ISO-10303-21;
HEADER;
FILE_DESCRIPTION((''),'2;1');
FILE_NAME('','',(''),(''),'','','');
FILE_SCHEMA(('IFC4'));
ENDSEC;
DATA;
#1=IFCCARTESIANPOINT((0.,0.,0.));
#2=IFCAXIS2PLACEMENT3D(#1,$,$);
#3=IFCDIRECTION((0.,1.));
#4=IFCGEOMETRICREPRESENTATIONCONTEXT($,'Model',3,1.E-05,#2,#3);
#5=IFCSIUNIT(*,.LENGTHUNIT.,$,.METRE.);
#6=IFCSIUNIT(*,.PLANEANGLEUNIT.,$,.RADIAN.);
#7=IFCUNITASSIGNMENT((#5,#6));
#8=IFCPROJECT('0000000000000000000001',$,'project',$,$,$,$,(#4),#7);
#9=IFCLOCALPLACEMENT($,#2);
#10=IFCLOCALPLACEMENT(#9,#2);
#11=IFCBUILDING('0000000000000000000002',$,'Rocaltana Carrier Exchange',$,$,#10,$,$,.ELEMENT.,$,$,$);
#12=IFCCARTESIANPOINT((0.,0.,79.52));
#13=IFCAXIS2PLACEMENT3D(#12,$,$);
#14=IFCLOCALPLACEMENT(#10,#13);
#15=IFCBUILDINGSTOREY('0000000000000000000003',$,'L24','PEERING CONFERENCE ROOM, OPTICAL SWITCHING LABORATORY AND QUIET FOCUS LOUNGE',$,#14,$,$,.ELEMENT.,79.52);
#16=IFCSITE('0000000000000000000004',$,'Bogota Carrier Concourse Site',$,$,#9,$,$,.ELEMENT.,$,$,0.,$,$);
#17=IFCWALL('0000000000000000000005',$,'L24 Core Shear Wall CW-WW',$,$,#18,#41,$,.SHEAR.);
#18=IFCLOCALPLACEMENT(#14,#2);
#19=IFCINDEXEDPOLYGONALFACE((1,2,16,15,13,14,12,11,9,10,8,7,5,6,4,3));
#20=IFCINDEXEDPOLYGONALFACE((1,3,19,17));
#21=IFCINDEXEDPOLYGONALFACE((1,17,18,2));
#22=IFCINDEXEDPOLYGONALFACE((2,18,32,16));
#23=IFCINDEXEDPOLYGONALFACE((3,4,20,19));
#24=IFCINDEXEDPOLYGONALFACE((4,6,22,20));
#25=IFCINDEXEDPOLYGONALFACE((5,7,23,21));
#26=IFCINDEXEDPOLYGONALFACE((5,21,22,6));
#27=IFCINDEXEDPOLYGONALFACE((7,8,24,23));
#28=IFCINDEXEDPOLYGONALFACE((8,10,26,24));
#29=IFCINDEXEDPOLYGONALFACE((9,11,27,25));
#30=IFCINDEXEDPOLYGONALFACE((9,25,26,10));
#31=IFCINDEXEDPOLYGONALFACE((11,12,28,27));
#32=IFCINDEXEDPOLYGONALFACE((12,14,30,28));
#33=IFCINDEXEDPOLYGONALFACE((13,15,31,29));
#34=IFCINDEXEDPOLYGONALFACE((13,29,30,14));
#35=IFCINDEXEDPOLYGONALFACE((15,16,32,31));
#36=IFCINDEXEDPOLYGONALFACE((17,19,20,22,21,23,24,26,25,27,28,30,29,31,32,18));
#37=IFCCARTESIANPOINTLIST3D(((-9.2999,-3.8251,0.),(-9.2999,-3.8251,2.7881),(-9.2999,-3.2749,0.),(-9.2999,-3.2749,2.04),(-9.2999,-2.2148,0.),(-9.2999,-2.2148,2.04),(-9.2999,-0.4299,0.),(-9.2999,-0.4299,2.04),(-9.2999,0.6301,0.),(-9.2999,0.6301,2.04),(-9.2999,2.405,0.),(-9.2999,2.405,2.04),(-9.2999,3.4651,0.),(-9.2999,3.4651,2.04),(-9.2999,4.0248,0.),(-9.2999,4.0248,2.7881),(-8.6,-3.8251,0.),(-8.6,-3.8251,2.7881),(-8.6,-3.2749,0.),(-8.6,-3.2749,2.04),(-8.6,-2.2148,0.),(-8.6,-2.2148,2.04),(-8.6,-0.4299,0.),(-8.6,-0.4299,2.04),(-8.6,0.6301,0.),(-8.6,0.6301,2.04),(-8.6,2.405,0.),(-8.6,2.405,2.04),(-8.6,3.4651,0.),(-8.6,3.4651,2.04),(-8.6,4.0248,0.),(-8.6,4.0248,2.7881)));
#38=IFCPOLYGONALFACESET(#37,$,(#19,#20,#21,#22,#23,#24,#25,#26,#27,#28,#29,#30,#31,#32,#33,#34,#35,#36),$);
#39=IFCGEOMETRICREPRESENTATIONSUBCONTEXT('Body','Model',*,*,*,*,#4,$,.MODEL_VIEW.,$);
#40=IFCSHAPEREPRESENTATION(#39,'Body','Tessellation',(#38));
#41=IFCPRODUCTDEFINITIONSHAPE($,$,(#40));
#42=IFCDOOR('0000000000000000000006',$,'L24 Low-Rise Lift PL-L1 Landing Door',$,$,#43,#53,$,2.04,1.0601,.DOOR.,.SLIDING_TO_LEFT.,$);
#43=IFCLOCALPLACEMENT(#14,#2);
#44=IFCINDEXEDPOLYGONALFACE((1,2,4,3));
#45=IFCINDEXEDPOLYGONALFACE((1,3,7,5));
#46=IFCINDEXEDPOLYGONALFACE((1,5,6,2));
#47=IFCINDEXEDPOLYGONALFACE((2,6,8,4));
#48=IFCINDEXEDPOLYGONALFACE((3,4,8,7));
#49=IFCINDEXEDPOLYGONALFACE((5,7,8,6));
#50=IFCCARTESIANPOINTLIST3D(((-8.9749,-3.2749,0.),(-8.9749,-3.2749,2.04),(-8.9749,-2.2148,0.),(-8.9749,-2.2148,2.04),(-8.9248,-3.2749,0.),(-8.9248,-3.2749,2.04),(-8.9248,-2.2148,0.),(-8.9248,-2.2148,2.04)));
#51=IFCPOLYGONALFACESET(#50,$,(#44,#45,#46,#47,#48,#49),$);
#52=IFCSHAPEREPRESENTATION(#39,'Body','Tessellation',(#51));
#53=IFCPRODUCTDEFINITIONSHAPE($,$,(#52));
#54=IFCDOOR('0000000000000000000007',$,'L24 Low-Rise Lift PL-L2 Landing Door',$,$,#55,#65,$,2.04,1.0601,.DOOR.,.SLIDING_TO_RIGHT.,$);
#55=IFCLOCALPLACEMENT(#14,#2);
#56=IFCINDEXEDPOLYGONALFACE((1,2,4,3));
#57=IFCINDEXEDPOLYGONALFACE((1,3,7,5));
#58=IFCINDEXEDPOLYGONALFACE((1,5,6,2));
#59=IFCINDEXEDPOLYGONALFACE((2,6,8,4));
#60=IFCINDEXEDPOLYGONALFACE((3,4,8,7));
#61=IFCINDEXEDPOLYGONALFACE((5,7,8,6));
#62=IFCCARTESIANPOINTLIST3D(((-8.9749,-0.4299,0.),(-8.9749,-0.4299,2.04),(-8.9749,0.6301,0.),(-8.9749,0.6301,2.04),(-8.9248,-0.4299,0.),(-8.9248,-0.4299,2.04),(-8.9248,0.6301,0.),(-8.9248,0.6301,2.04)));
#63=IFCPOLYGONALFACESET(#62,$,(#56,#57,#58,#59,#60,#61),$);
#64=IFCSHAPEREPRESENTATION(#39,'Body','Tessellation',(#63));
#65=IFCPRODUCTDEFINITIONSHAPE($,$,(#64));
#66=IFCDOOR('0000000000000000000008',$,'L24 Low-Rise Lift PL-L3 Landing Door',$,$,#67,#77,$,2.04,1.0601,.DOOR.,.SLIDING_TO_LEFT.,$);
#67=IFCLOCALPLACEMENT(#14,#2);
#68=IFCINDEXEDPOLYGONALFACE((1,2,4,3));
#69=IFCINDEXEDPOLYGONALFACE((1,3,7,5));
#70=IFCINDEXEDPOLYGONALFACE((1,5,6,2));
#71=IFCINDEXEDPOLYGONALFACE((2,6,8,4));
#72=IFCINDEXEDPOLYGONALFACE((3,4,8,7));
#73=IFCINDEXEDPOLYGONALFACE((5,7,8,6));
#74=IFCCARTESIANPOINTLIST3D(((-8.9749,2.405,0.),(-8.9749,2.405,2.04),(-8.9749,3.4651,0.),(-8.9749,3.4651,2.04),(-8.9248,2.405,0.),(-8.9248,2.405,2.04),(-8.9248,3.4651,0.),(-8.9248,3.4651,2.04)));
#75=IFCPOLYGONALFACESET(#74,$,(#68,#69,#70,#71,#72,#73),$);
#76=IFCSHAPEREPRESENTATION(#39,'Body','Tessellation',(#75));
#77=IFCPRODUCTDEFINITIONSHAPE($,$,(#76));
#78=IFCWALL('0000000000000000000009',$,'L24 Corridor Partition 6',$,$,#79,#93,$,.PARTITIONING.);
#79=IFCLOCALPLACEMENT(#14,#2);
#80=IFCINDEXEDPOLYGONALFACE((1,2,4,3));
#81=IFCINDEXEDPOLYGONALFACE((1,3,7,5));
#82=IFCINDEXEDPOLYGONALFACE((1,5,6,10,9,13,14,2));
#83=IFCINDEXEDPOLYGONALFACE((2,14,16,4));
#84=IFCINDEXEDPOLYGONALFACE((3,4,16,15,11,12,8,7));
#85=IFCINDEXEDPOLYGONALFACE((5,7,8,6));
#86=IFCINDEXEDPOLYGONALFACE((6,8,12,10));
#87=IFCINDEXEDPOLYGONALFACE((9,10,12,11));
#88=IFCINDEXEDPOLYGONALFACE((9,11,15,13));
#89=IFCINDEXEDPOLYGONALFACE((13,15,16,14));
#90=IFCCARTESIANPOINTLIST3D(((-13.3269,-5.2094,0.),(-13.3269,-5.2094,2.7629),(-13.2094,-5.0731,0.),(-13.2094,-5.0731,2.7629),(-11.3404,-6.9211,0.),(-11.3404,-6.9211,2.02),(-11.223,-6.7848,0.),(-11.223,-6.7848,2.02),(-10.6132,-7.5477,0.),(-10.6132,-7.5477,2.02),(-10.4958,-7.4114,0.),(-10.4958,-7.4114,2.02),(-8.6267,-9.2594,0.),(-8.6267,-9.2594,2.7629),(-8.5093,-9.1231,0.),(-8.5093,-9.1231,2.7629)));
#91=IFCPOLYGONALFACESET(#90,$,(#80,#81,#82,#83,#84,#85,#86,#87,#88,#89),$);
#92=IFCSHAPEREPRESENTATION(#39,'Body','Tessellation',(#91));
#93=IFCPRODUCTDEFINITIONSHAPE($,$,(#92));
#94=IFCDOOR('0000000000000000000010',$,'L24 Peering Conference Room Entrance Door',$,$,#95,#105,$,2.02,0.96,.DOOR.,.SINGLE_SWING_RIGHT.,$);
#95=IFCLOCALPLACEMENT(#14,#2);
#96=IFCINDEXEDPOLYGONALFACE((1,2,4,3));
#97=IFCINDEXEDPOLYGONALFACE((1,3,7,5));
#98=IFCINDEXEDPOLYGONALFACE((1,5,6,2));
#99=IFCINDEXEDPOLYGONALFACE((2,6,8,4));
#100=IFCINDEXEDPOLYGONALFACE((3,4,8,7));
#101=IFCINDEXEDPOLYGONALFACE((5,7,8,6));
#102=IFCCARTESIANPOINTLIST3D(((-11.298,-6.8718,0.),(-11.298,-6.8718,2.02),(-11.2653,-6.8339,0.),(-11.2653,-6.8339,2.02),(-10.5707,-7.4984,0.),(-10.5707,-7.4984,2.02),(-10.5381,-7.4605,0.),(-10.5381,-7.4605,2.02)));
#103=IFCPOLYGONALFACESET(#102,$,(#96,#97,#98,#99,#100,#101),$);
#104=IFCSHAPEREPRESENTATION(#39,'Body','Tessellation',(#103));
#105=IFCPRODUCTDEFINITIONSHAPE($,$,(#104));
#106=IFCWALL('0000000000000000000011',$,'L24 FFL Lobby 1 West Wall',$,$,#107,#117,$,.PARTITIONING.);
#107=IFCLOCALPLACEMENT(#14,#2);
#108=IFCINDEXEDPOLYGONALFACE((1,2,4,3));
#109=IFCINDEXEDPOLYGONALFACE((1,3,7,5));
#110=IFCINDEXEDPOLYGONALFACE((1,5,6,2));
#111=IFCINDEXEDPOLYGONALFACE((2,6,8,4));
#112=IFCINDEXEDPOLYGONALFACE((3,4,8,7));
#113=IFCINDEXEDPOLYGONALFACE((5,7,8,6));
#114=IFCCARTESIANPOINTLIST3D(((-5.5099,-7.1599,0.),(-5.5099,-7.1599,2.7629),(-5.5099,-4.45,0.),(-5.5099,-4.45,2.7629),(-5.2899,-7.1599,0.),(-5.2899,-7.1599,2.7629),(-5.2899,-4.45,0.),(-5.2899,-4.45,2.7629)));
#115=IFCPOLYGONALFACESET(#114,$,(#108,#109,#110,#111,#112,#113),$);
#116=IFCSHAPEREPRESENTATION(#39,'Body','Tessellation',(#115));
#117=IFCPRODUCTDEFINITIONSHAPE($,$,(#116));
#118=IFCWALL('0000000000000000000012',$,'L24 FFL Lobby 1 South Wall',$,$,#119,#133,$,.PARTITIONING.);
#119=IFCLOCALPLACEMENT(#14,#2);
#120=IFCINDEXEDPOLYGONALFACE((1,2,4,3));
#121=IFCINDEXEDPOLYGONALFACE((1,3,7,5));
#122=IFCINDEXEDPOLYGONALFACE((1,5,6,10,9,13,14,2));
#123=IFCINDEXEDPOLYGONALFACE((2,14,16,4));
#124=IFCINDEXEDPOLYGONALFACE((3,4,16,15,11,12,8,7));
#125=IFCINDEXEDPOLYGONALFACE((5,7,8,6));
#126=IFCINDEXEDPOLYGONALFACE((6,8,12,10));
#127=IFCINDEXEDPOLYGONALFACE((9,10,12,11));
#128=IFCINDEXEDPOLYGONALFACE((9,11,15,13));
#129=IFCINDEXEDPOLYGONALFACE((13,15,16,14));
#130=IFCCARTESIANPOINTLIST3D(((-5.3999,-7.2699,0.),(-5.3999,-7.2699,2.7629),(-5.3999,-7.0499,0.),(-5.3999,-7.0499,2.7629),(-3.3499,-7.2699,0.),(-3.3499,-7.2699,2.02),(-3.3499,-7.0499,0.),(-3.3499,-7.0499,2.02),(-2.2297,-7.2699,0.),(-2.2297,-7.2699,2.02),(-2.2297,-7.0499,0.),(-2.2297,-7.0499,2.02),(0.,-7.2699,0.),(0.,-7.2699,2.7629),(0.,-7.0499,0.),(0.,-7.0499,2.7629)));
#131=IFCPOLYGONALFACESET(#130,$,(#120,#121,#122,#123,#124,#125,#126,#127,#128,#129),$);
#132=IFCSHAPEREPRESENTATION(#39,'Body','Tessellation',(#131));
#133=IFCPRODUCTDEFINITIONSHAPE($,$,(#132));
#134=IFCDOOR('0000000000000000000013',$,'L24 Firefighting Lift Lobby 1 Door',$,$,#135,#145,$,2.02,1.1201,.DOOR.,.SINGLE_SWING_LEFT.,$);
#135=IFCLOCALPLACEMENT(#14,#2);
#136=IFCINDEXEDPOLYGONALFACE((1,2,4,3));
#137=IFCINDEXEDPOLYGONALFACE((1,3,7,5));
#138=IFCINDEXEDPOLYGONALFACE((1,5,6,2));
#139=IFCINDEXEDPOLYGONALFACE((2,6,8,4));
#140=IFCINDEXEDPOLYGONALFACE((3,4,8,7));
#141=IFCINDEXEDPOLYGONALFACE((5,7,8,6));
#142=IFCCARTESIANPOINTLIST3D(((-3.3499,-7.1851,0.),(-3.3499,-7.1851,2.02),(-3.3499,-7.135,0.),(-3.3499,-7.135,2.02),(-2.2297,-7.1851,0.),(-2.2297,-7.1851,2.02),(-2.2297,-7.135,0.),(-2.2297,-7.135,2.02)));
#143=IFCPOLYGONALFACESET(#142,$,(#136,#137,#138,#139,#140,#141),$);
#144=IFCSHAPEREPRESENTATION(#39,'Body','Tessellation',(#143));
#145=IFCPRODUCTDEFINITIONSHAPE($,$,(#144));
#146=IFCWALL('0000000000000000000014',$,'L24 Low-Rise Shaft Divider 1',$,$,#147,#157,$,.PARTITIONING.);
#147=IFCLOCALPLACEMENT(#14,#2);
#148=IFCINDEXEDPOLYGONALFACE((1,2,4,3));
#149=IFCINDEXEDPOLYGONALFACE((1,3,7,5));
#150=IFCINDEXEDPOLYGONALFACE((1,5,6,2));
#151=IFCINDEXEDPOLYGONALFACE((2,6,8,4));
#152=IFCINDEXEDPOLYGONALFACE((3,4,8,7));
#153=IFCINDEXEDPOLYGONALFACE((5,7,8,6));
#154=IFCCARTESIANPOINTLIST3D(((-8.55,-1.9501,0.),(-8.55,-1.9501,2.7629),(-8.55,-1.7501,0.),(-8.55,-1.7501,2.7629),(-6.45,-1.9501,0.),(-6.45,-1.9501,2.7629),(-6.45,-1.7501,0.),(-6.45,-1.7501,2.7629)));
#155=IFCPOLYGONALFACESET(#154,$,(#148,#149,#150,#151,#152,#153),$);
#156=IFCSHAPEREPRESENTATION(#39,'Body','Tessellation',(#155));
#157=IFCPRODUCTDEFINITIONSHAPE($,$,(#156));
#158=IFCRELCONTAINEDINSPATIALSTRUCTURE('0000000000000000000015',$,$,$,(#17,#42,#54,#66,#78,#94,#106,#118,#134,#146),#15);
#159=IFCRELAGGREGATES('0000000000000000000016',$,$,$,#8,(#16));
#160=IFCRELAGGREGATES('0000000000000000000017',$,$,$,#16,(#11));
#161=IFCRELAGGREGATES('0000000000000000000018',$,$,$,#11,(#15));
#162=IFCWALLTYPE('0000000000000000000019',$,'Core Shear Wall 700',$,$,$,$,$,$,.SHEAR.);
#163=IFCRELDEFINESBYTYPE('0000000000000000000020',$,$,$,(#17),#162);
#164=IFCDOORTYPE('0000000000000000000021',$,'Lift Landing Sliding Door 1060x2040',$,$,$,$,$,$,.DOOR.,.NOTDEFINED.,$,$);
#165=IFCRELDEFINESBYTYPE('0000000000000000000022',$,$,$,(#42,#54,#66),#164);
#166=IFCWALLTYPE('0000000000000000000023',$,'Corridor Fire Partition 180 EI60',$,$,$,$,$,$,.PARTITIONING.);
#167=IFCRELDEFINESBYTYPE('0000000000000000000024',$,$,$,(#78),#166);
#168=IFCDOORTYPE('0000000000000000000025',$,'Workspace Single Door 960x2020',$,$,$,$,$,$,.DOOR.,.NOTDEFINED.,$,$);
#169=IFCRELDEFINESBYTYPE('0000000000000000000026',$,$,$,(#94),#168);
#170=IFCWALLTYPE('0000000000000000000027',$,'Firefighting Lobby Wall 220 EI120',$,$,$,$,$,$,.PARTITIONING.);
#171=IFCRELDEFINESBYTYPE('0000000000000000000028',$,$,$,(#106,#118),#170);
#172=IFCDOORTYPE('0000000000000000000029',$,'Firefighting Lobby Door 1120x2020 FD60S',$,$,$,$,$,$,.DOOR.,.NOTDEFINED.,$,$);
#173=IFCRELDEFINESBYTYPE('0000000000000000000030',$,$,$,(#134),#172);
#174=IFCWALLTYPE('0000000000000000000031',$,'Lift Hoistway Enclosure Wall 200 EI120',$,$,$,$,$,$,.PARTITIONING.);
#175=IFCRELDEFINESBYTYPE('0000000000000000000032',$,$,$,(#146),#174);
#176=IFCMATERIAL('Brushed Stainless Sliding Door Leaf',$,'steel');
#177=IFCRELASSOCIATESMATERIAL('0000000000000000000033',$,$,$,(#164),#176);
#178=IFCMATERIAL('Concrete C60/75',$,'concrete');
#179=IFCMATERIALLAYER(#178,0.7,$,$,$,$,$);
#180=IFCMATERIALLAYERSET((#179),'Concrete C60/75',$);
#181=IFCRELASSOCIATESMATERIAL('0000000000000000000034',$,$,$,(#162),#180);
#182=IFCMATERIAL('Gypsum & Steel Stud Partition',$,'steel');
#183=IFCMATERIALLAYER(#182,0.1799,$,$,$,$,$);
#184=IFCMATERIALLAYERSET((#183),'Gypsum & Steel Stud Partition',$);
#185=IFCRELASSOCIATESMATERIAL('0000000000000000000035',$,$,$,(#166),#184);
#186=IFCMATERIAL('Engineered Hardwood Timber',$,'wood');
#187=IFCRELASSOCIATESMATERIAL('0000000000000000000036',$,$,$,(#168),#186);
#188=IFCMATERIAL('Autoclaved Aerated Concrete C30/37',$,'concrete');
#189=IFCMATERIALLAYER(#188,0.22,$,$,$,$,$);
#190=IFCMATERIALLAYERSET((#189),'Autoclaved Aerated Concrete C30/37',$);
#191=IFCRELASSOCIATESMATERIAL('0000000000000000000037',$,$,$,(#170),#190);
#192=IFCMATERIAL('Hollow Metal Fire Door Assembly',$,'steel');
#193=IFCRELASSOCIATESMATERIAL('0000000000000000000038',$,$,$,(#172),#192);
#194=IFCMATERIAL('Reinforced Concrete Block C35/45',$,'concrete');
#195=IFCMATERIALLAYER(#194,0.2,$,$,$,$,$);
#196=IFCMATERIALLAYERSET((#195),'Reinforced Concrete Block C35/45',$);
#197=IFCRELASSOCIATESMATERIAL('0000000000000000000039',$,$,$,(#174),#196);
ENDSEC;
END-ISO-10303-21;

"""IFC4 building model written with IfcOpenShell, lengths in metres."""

from ifc_helpers import new_model, si_unit, direction, frame, frame_2d, origin, place, context, subcontext, project, spatial, rectangle, extrude, material, layer, layer_set, type_object, element, fill, save


model = new_model("IFC4")

# Units and contexts
model_context = context("Model", 3, precision=1e-05, world=origin(), true_north=direction((0.0, 1.0)))
body_context = subcontext(model_context, "Body", "Model", "MODEL_VIEW")
ifc_project = project(units=[si_unit("LENGTHUNIT", "METRE"), si_unit("PLANEANGLEUNIT", "RADIAN")], contexts=[model_context])

# Site, building, storey
site_placement = place(None, origin())
site = spatial("IfcSite", under=ifc_project, at=site_placement, Name="Bogota Carrier Concourse Site", CompositionType="ELEMENT", RefElevation=0.0)
building_placement = place(site_placement, origin())
building = spatial("IfcBuilding", under=site, at=building_placement, Name="Rocaltana Carrier Exchange", CompositionType="ELEMENT")
storey_placement = place(building_placement, frame((0.0, 0.0, 79.52)))
storey = spatial("IfcBuildingStorey", under=building, at=storey_placement, Name="L24", Description="PEERING CONFERENCE ROOM, OPTICAL SWITCHING LABORATORY AND QUIET FOCUS LOUNGE", CompositionType="ELEMENT", Elevation=79.52)

# Shared definitions
ifc_material_1 = material(Name="Brushed Stainless Sliding Door Leaf", Category="steel")
door_type_1 = type_object("IfcDoorType", Name="Lift Landing Sliding Door 1060x2040", OperationType="NOTDEFINED", PredefinedType="DOOR", material=ifc_material_1)

# Shared definitions
ifc_material_2 = material(Name="Concrete C60/75", Category="concrete")
ifc_layer_1 = layer(ifc_material_2, 0.7)
ifc_layer_set_1 = layer_set([ifc_layer_1], Name="Concrete C60/75")
wall_type_1 = type_object("IfcWallType", Name="Core Shear Wall 700", PredefinedType="SHEAR", material=ifc_layer_set_1)

# Wall, openings, doors
wall_1_placement = place(storey_placement, frame((-8.95, -3.825, 0.0), z_axis=(0.0, 0.0, 1.0), x_axis=(0.0, 1.0, 0.0)))
wall_1 = element("IfcWall", 1, at=wall_1_placement, inside=storey, type_object=wall_type_1, Name="L24 Core Shear Wall CW-WW", PredefinedType="SHEAR", context=body_context, shape_type="SweptSolid", body=[
    extrude(rectangle(XDim=7.8499, YDim=0.7, at=frame_2d((3.9248, 0.0))), origin(), (0.0, 0.0, 1.0), 2.7881),
])
opening_1_placement = place(wall_1_placement, frame((0.55, 0.0, 0.0)))
opening_1 = element("IfcOpeningElement", 2, at=opening_1_placement, cuts=wall_1, PredefinedType="OPENING", context=body_context, shape_type="SweptSolid", body=[
    extrude(rectangle(XDim=1.0601, YDim=2.04, at=frame_2d((0.53, 1.02))), frame((0.0, 0.3599, 0.0), z_axis=(0.0, -1.0, 0.0), x_axis=(1.0, 0.0, 0.0)), (0.0, 0.0, 1.0), 0.72),
])
opening_2_placement = place(wall_1_placement, frame((3.395, 0.0, 0.0)))
opening_2 = element("IfcOpeningElement", 3, at=opening_2_placement, cuts=wall_1, PredefinedType="OPENING", context=body_context, shape_type="SweptSolid", body=[
    extrude(rectangle(XDim=1.0601, YDim=2.04, at=frame_2d((0.53, 1.02))), frame((0.0, 0.3599, 0.0), z_axis=(0.0, -1.0, 0.0), x_axis=(1.0, 0.0, 0.0)), (0.0, 0.0, 1.0), 0.72),
])
opening_3_placement = place(wall_1_placement, frame((6.23, 0.0, 0.0)))
opening_3 = element("IfcOpeningElement", 4, at=opening_3_placement, cuts=wall_1, PredefinedType="OPENING", context=body_context, shape_type="SweptSolid", body=[
    extrude(rectangle(XDim=1.0601, YDim=2.04, at=frame_2d((0.53, 1.02))), frame((0.0, 0.3599, 0.0), z_axis=(0.0, -1.0, 0.0), x_axis=(1.0, 0.0, 0.0)), (0.0, 0.0, 1.0), 0.72),
])
door_1_placement = place(opening_1_placement, origin())
door_1 = element("IfcDoor", 5, at=door_1_placement, inside=storey, type_object=door_type_1, Name="L24 Low-Rise Lift PL-L1 Landing Door", OperationType="SLIDING_TO_LEFT", OverallHeight=2.04, OverallWidth=1.0601, PredefinedType="DOOR", context=body_context, shape_type="SweptSolid", body=[
    extrude(rectangle(XDim=1.0601, YDim=2.04, at=frame_2d((0.53, 1.02))), frame((0.0, 0.0249, 0.0), z_axis=(0.0, -1.0, 0.0), x_axis=(1.0, 0.0, 0.0)), (0.0, 0.0, 1.0), 0.05),
])
fill(opening_1, door_1)
door_2_placement = place(opening_2_placement, origin())
door_2 = element("IfcDoor", 6, at=door_2_placement, inside=storey, type_object=door_type_1, Name="L24 Low-Rise Lift PL-L2 Landing Door", OperationType="SLIDING_TO_RIGHT", OverallHeight=2.04, OverallWidth=1.0601, PredefinedType="DOOR", context=body_context, shape_type="SweptSolid", body=[
    extrude(rectangle(XDim=1.0601, YDim=2.04, at=frame_2d((0.53, 1.02))), frame((0.0, 0.0249, 0.0), z_axis=(0.0, -1.0, 0.0), x_axis=(1.0, 0.0, 0.0)), (0.0, 0.0, 1.0), 0.05),
])
fill(opening_2, door_2)
door_3_placement = place(opening_3_placement, origin())
door_3 = element("IfcDoor", 7, at=door_3_placement, inside=storey, type_object=door_type_1, Name="L24 Low-Rise Lift PL-L3 Landing Door", OperationType="SLIDING_TO_LEFT", OverallHeight=2.04, OverallWidth=1.0601, PredefinedType="DOOR", context=body_context, shape_type="SweptSolid", body=[
    extrude(rectangle(XDim=1.0601, YDim=2.04, at=frame_2d((0.53, 1.02))), frame((0.0, 0.0249, 0.0), z_axis=(0.0, -1.0, 0.0), x_axis=(1.0, 0.0, 0.0)), (0.0, 0.0, 1.0), 0.05),
])
fill(opening_3, door_3)

# Wall, opening, door
ifc_material_3 = material(Name="Gypsum & Steel Stud Partition", Category="steel")
ifc_layer_2 = layer(ifc_material_3, 0.1799)
ifc_layer_set_2 = layer_set([ifc_layer_2], Name="Gypsum & Steel Stud Partition")
wall_type_2 = type_object("IfcWallType", Name="Corridor Fire Partition 180 EI60", PredefinedType="PARTITIONING", material=ifc_layer_set_2)
wall_2_placement = place(storey_placement, frame((-8.5681, -9.1912, 0.0), z_axis=(0.0, 0.0, 1.0), x_axis=(-0.757557, 0.652769, 0.0)))
wall_2 = element("IfcWall", 8, at=wall_2_placement, inside=storey, type_object=wall_type_2, Name="L24 Corridor Partition 6", PredefinedType="PARTITIONING", context=body_context, shape_type="SweptSolid", body=[
    extrude(rectangle(XDim=6.2043, YDim=0.1799, at=frame_2d((3.1021, 0.0))), origin(), (0.0, 0.0, 1.0), 2.7629),
])
opening_4_placement = place(wall_2_placement, frame((2.6221, 0.0, 0.0)))
opening_4 = element("IfcOpeningElement", 9, at=opening_4_placement, cuts=wall_2, PredefinedType="OPENING", context=body_context, shape_type="SweptSolid", body=[
    extrude(rectangle(XDim=0.96, YDim=2.02, at=frame_2d((0.48, 1.01))), frame((0.0, 0.0999, 0.0), z_axis=(0.0, -1.0, 0.0), x_axis=(1.0, 0.0, 0.0)), (0.0, 0.0, 1.0), 0.2),
])
ifc_material_4 = material(Name="Engineered Hardwood Timber", Category="wood")
door_type_2 = type_object("IfcDoorType", Name="Workspace Single Door 960x2020", OperationType="NOTDEFINED", PredefinedType="DOOR", material=ifc_material_4)
door_4_placement = place(opening_4_placement, origin())
door_4 = element("IfcDoor", 10, at=door_4_placement, inside=storey, type_object=door_type_2, Name="L24 Peering Conference Room Entrance Door", OperationType="SINGLE_SWING_RIGHT", OverallHeight=2.02, OverallWidth=0.96, PredefinedType="DOOR", context=body_context, shape_type="SweptSolid", body=[
    extrude(rectangle(XDim=0.96, YDim=2.02, at=frame_2d((0.48, 1.01))), frame((0.0, 0.0249, 0.0), z_axis=(0.0, -1.0, 0.0), x_axis=(1.0, 0.0, 0.0)), (0.0, 0.0, 1.0), 0.05),
])
fill(opening_4, door_4)

# Wall
ifc_material_5 = material(Name="Autoclaved Aerated Concrete C30/37", Category="concrete")
ifc_layer_3 = layer(ifc_material_5, 0.22)
ifc_layer_set_3 = layer_set([ifc_layer_3], Name="Autoclaved Aerated Concrete C30/37")
wall_type_3 = type_object("IfcWallType", Name="Firefighting Lobby Wall 220 EI120", PredefinedType="PARTITIONING", material=ifc_layer_set_3)
wall_3_placement = place(storey_placement, frame((-5.3999, -7.1599, 0.0), z_axis=(0.0, 0.0, 1.0), x_axis=(0.0, 1.0, 0.0)))
element("IfcWall", 11, at=wall_3_placement, inside=storey, type_object=wall_type_3, Name="L24 FFL Lobby 1 West Wall", PredefinedType="PARTITIONING", context=body_context, shape_type="SweptSolid", body=[
    extrude(rectangle(XDim=2.71, YDim=0.22, at=frame_2d((1.355, 0.0))), origin(), (0.0, 0.0, 1.0), 2.7629),
])

# Wall, opening, door
wall_4_placement = place(storey_placement, frame((-5.3999, -7.1599, 0.0), z_axis=(0.0, 0.0, 1.0), x_axis=(1.0, 0.0, 0.0)))
wall_4 = element("IfcWall", 12, at=wall_4_placement, inside=storey, type_object=wall_type_3, Name="L24 FFL Lobby 1 South Wall", PredefinedType="PARTITIONING", context=body_context, shape_type="SweptSolid", body=[
    extrude(rectangle(XDim=5.3999, YDim=0.22, at=frame_2d((2.7, 0.0))), origin(), (0.0, 0.0, 1.0), 2.7629),
])
opening_5_placement = place(wall_4_placement, frame((2.05, 0.0, 0.0)))
opening_5 = element("IfcOpeningElement", 13, at=opening_5_placement, cuts=wall_4, PredefinedType="OPENING", context=body_context, shape_type="SweptSolid", body=[
    extrude(rectangle(XDim=1.1201, YDim=2.02, at=frame_2d((0.5601, 1.01))), frame((0.0, 0.1199, 0.0), z_axis=(0.0, -1.0, 0.0), x_axis=(1.0, 0.0, 0.0)), (0.0, 0.0, 1.0), 0.24),
])
ifc_material_6 = material(Name="Hollow Metal Fire Door Assembly", Category="steel")
door_type_3 = type_object("IfcDoorType", Name="Firefighting Lobby Door 1120x2020 FD60S", OperationType="NOTDEFINED", PredefinedType="DOOR", material=ifc_material_6)
door_5_placement = place(opening_5_placement, origin())
door_5 = element("IfcDoor", 14, at=door_5_placement, inside=storey, type_object=door_type_3, Name="L24 Firefighting Lift Lobby 1 Door", OperationType="SINGLE_SWING_LEFT", OverallHeight=2.02, OverallWidth=1.1201, PredefinedType="DOOR", context=body_context, shape_type="SweptSolid", body=[
    extrude(rectangle(XDim=1.1201, YDim=2.02, at=frame_2d((0.5601, 1.01))), frame((0.0, 0.0249, 0.0), z_axis=(0.0, -1.0, 0.0), x_axis=(1.0, 0.0, 0.0)), (0.0, 0.0, 1.0), 0.05),
])
fill(opening_5, door_5)

# Wall
ifc_material_7 = material(Name="Reinforced Concrete Block C35/45", Category="concrete")
ifc_layer_4 = layer(ifc_material_7, 0.2)
ifc_layer_set_4 = layer_set([ifc_layer_4], Name="Reinforced Concrete Block C35/45")
wall_type_4 = type_object("IfcWallType", Name="Lift Hoistway Enclosure Wall 200 EI120", PredefinedType="PARTITIONING", material=ifc_layer_set_4)
wall_5_placement = place(storey_placement, frame((-8.55, -1.8501, 0.0), z_axis=(0.0, 0.0, 1.0), x_axis=(1.0, 0.0, 0.0)))
element("IfcWall", 15, at=wall_5_placement, inside=storey, type_object=wall_type_4, Name="L24 Low-Rise Shaft Divider 1", PredefinedType="PARTITIONING", context=body_context, shape_type="SweptSolid", body=[
    extrude(rectangle(XDim=2.1001, YDim=0.2, at=frame_2d((1.05, 0.0))), origin(), (0.0, 0.0, 1.0), 2.7629),
])

save(model, "model.ifc")
